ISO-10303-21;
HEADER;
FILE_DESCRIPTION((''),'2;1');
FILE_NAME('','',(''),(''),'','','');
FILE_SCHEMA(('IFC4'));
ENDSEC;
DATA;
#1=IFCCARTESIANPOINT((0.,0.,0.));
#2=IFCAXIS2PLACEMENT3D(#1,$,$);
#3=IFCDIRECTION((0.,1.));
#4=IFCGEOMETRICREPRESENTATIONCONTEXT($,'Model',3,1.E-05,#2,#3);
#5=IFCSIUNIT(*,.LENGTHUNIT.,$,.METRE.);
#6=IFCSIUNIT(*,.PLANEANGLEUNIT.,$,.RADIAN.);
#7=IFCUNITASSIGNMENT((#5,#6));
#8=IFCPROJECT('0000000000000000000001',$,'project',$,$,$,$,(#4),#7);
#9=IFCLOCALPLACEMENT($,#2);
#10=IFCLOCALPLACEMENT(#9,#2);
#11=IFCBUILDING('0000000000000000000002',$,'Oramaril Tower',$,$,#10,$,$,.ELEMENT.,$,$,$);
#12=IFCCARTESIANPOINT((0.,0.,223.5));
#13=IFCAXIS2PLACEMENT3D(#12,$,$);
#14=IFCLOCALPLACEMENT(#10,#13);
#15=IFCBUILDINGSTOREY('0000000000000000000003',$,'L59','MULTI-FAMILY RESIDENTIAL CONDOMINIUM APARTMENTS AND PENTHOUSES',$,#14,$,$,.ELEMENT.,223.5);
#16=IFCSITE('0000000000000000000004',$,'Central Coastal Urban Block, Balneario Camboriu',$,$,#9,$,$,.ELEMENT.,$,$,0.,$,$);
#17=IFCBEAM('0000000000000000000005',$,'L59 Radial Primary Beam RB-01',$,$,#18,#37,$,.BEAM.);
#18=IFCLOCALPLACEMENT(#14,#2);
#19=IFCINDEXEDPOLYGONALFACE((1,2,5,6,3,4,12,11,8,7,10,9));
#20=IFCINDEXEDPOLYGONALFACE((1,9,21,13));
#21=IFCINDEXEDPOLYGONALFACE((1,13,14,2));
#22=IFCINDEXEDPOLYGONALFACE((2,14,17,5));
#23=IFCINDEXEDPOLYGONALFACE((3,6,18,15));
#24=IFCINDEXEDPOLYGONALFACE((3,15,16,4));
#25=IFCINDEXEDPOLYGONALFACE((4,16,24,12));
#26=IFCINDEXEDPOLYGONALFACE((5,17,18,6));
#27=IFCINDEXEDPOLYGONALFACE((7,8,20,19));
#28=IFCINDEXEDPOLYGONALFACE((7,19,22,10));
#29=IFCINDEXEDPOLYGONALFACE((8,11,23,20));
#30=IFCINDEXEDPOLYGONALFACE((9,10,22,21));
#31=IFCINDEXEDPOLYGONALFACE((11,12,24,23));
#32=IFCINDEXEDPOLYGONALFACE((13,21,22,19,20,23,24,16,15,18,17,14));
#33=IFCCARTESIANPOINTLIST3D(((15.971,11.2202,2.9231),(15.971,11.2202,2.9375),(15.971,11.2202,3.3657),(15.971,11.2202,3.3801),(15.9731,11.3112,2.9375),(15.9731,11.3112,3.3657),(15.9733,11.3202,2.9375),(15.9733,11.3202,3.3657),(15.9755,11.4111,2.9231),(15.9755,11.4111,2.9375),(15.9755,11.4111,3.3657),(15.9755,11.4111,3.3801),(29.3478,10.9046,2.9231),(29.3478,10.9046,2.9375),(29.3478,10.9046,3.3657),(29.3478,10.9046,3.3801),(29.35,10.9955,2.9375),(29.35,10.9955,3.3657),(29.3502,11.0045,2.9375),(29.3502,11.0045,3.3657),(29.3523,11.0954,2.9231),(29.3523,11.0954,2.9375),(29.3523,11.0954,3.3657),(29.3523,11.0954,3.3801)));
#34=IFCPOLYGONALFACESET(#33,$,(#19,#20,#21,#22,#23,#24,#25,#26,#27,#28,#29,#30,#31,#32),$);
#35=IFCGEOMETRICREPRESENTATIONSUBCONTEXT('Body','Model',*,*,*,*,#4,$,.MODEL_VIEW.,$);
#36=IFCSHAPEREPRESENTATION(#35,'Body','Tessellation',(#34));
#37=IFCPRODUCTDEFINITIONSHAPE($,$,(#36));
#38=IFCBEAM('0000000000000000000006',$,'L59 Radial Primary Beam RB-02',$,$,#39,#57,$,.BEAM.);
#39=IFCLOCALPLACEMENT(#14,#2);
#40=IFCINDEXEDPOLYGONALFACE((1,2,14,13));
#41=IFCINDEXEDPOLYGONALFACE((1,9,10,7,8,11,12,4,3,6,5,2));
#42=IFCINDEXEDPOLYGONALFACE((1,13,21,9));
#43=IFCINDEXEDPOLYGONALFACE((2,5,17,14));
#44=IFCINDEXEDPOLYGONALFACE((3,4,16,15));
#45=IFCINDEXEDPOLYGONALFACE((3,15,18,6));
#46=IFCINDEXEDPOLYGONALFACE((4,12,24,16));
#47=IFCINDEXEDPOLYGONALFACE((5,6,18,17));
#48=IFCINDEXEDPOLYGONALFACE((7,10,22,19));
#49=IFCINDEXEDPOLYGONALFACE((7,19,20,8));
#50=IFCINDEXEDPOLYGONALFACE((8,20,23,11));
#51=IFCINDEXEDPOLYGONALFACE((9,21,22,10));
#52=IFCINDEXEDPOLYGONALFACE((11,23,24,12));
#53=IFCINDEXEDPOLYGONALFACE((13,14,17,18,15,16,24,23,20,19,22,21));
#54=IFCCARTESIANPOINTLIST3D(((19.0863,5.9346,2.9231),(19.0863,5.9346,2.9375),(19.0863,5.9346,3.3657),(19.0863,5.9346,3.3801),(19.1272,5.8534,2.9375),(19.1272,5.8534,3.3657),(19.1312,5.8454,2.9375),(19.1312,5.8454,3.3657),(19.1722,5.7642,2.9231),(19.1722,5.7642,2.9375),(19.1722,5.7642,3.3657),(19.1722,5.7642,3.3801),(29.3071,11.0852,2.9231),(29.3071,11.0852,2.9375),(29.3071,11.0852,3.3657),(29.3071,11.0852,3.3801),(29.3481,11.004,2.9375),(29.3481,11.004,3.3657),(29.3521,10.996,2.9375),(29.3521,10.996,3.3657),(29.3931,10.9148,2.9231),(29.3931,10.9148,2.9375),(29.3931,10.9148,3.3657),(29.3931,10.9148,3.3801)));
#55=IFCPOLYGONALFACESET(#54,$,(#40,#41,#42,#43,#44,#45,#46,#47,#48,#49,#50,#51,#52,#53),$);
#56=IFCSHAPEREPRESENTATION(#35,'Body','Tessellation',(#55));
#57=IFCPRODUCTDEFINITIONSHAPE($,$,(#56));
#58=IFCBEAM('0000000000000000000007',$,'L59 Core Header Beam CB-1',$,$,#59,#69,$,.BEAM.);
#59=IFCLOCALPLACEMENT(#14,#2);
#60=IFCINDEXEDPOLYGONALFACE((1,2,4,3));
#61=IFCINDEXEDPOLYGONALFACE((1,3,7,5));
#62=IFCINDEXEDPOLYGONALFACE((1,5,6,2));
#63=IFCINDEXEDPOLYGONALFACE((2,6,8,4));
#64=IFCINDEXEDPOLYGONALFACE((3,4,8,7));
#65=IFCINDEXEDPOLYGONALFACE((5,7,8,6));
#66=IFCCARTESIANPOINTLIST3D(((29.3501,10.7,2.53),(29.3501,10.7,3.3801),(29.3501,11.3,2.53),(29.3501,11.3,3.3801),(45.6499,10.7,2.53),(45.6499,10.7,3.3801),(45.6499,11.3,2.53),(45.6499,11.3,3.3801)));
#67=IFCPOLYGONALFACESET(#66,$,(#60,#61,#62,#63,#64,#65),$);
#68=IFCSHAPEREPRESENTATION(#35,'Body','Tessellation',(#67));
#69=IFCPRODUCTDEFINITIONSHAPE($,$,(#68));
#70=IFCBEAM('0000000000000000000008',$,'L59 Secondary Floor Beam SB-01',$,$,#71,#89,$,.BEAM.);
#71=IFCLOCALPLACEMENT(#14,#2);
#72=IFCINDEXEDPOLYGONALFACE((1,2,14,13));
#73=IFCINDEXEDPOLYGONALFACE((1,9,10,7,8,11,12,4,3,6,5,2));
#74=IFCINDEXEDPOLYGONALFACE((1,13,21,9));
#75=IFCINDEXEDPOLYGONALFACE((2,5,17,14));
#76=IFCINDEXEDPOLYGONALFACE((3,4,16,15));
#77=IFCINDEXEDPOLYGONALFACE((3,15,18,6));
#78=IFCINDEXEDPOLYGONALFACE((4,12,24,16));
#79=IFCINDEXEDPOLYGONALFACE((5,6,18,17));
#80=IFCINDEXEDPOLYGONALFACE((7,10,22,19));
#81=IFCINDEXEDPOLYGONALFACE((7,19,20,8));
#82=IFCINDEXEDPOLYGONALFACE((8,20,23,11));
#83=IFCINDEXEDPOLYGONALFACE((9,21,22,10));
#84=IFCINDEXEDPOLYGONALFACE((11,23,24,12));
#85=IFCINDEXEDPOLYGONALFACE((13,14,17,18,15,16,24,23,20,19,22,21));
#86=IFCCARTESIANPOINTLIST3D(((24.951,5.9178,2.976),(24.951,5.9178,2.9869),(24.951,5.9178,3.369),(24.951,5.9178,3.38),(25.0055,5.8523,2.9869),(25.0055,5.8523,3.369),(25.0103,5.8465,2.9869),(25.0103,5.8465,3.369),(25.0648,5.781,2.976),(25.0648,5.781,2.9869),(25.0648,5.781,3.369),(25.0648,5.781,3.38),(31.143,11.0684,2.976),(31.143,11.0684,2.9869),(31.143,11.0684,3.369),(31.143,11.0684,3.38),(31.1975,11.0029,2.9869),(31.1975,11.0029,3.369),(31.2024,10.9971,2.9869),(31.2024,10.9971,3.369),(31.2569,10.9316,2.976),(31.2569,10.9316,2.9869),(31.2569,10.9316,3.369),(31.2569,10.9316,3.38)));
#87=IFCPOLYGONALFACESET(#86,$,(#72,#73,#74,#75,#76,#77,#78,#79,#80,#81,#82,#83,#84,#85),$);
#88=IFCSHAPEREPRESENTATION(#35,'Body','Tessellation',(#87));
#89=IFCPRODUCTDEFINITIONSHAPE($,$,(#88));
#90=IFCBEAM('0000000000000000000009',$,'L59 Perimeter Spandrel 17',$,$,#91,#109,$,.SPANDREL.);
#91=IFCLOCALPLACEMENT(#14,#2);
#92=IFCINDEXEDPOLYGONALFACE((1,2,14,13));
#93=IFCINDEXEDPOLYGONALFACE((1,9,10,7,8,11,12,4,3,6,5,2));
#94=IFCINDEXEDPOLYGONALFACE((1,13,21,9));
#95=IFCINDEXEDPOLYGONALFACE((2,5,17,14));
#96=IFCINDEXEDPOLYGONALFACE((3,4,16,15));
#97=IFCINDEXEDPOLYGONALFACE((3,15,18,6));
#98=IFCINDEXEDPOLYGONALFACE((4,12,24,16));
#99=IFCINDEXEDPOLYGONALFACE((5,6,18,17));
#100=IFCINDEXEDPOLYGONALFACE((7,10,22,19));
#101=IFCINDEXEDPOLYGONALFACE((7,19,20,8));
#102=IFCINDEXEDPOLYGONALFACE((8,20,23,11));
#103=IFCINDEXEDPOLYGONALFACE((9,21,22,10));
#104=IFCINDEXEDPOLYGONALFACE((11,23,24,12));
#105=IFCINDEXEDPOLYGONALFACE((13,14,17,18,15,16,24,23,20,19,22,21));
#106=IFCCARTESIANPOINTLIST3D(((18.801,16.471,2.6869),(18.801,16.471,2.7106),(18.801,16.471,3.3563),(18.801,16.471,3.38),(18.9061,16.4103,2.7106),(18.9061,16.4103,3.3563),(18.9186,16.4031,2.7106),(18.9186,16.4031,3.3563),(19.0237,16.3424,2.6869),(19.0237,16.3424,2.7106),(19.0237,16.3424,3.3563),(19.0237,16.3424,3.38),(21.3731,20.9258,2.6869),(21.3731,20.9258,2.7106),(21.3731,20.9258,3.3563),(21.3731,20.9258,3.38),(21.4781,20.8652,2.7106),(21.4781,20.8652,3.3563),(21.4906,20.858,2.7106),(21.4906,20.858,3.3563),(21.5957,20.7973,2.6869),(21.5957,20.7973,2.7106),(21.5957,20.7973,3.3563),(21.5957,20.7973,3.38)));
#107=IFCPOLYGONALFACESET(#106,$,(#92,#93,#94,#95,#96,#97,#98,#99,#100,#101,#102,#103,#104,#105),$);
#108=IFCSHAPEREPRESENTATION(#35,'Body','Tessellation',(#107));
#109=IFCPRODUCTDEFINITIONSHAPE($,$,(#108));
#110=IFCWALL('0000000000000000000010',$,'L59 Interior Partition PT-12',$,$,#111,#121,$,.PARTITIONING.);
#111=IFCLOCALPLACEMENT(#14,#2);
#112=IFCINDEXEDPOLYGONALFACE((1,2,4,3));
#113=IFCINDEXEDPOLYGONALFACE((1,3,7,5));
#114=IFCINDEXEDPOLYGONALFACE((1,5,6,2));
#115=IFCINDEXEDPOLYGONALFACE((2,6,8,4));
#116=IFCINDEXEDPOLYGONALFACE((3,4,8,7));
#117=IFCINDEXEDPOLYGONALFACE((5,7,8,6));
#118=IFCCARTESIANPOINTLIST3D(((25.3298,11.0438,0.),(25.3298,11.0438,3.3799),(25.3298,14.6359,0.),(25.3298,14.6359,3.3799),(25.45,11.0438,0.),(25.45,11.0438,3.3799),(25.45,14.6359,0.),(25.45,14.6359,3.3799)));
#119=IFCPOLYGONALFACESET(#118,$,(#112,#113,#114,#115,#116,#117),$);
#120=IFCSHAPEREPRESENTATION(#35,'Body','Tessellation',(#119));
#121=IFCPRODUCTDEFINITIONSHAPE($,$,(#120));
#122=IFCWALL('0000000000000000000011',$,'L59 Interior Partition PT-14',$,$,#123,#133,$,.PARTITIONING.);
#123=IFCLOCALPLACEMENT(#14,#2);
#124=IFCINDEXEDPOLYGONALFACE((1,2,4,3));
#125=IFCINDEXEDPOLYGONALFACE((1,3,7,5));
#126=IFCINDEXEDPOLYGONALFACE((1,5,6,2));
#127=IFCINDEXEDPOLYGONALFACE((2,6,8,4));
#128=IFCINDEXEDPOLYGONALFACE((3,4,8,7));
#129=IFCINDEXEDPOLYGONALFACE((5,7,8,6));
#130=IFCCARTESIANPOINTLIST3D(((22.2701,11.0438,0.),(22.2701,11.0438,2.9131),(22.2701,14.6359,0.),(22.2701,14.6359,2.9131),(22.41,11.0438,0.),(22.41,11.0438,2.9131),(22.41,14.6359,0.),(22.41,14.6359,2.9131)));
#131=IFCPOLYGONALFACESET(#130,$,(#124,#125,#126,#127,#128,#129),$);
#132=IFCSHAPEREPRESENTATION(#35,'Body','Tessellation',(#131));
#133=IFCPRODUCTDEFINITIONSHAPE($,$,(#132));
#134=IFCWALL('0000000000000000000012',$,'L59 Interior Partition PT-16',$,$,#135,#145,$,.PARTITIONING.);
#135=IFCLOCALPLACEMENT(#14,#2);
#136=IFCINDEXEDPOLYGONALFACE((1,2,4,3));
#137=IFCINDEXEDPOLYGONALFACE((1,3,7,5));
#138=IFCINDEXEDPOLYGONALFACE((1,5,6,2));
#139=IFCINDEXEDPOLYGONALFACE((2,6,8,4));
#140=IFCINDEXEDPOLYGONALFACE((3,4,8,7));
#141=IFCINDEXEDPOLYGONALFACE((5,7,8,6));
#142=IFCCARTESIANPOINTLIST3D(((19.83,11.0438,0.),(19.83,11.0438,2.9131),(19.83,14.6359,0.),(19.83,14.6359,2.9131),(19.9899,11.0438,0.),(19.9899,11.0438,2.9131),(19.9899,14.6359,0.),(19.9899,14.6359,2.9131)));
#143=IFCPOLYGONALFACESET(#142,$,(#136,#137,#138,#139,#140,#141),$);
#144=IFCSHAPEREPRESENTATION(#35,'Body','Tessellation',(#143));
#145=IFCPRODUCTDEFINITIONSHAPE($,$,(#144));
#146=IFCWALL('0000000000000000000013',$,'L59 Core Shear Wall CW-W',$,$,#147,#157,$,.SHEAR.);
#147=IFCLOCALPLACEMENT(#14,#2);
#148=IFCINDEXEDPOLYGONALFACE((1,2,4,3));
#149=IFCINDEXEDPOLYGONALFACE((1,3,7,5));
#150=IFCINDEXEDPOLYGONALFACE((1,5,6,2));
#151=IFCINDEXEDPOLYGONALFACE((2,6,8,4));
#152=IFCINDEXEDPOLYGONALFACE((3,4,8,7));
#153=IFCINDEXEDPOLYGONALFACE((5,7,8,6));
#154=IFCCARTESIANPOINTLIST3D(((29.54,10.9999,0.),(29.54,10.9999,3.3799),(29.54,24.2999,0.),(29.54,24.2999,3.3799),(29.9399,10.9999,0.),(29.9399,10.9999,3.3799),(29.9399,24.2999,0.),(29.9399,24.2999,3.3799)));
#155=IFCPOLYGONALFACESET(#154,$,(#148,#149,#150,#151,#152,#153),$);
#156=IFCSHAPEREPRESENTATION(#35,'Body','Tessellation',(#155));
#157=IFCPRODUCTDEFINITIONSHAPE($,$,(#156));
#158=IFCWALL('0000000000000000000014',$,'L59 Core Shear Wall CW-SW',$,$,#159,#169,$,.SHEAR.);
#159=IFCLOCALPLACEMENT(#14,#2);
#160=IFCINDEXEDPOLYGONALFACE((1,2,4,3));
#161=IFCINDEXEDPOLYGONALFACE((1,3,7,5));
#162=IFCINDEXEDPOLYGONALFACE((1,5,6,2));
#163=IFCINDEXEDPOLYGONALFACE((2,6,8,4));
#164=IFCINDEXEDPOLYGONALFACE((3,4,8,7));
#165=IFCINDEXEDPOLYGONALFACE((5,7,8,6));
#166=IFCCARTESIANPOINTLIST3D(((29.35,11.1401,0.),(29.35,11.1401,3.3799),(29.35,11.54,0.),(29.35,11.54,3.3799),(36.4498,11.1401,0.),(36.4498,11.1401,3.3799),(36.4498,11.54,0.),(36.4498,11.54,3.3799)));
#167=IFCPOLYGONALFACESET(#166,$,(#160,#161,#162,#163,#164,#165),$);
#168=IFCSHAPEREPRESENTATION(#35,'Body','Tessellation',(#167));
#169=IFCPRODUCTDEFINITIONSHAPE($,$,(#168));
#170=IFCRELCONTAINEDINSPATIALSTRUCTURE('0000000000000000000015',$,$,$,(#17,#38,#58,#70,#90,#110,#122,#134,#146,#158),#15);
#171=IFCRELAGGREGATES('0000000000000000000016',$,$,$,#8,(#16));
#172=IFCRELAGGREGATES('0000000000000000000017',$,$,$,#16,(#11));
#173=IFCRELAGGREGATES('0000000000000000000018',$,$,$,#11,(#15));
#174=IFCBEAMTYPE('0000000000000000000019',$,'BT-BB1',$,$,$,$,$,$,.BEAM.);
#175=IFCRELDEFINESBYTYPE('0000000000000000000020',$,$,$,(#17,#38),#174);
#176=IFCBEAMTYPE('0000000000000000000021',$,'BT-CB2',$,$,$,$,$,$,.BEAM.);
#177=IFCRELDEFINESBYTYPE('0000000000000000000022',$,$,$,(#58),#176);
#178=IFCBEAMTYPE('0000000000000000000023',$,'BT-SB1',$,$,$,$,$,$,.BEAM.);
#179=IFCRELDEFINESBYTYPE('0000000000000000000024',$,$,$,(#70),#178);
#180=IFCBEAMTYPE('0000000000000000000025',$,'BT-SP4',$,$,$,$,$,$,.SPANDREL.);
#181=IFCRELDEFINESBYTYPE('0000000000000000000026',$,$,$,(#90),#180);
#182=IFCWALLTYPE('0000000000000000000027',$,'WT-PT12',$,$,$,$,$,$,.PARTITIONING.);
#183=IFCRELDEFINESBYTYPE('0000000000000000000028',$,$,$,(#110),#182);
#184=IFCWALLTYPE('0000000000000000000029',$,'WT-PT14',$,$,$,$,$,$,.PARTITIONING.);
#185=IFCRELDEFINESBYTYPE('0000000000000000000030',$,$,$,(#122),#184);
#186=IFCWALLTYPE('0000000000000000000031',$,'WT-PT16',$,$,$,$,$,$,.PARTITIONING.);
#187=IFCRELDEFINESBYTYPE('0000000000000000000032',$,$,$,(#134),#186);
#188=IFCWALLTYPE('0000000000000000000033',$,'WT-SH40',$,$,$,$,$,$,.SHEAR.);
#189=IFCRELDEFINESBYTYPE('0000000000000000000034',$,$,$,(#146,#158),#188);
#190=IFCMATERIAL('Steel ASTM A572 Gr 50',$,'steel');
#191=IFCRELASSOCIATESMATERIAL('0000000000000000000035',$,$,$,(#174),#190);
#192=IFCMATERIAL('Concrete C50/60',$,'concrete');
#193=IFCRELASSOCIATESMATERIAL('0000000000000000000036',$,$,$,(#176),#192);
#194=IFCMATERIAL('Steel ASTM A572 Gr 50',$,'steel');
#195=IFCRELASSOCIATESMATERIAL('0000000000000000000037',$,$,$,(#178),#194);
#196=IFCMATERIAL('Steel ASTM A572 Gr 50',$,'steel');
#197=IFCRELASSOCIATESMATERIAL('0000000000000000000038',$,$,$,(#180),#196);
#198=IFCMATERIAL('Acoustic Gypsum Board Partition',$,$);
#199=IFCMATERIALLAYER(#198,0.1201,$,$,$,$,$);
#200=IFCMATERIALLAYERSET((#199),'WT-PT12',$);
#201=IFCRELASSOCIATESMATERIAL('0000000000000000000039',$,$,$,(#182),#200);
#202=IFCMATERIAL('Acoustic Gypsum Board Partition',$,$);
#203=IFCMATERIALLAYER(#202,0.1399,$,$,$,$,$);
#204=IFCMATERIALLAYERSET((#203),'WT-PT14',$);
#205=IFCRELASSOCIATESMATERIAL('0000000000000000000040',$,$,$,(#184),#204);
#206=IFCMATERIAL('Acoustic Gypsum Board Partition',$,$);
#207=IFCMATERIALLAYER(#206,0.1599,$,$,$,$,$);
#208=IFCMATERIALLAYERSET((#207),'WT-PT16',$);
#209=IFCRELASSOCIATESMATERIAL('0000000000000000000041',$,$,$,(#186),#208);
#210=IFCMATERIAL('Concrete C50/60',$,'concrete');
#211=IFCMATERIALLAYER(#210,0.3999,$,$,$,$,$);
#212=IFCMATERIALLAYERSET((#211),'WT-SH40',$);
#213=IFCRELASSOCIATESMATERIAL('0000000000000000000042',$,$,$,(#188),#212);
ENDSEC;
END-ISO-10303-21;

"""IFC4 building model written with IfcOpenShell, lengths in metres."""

from ifc_helpers import new_model, si_unit, direction, frame, frame_2d, origin, origin_2d, place, context, subcontext, project, spatial, rectangle, i_section, extrude, material, layer, layer_set, material_profile, profile_set, type_object, element, save


model = new_model("IFC4")

# Units and contexts
model_context = context("Model", 3, precision=1e-05, world=origin(), true_north=direction((0.0, 1.0)))
body_context = subcontext(model_context, "Body", "Model", "MODEL_VIEW")
ifc_project = project(units=[si_unit("LENGTHUNIT", "METRE"), si_unit("PLANEANGLEUNIT", "RADIAN")], contexts=[model_context])

# Site, building, storey
site_placement = place(None, origin())
site = spatial("IfcSite", under=ifc_project, at=site_placement, Name="Central Coastal Urban Block, Balneario Camboriu", CompositionType="ELEMENT", RefElevation=0.0)
building_placement = place(site_placement, origin())
building = spatial("IfcBuilding", under=site, at=building_placement, Name="Oramaril Tower", CompositionType="ELEMENT")
storey_placement = place(building_placement, frame((0.0, 0.0, 223.5)))
storey = spatial("IfcBuildingStorey", under=building, at=storey_placement, Name="L59", Description="MULTI-FAMILY RESIDENTIAL CONDOMINIUM APARTMENTS AND PENTHOUSES", CompositionType="ELEMENT", Elevation=223.5)

# Beams
ifc_material_1 = material(Name="Steel ASTM A572 Gr 50", Category="steel")
ifc_material_profile_1 = material_profile(ifc_material_1, i_section(OverallWidth=0.1909, OverallDepth=0.457, WebThickness=0.009, FlangeThickness=0.0144, at=origin_2d()), Name="W18X50")
ifc_profile_set_1 = profile_set([ifc_material_profile_1], Name="Steel ASTM A572 Gr 50")
beam_type_1 = type_object("IfcBeamType", Name="BT-BB1", PredefinedType="BEAM", material=ifc_profile_set_1)
beam_1_placement = place(storey_placement, frame((29.3501, 11.0, 3.1516), z_axis=(-0.999722, 0.023592, 0.0), x_axis=(-0.023592, -0.999722, 0.0)))
element("IfcBeam", 1, at=beam_1_placement, inside=storey, type_object=beam_type_1, Name="L59 Radial Primary Beam RB-01", PredefinedType="BEAM", context=body_context, shape_type="SweptSolid", body=[
    extrude(i_section(OverallWidth=0.1909, OverallDepth=0.457, WebThickness=0.009, FlangeThickness=0.0144, at=origin_2d()), origin(), (0.0, 0.0, 1.0), 13.3806),
])
beam_2_placement = place(storey_placement, frame((29.3501, 11.0, 3.1516), z_axis=(-0.893019, -0.450019, 0.0), x_axis=(0.450019, -0.893019, 0.0)))
element("IfcBeam", 2, at=beam_2_placement, inside=storey, type_object=beam_type_1, Name="L59 Radial Primary Beam RB-02", PredefinedType="BEAM", context=body_context, shape_type="SweptSolid", body=[
    extrude(i_section(OverallWidth=0.1909, OverallDepth=0.457, WebThickness=0.009, FlangeThickness=0.0144, at=origin_2d()), origin(), (0.0, 0.0, 1.0), 11.4453),
])
ifc_material_2 = material(Name="Concrete C50/60", Category="concrete")
ifc_material_profile_2 = material_profile(ifc_material_2, rectangle(XDim=0.6001, YDim=0.8501, at=origin_2d()), Name="CB600X850")
ifc_profile_set_2 = profile_set([ifc_material_profile_2], Name="Concrete C50/60")
beam_type_2 = type_object("IfcBeamType", Name="BT-CB2", PredefinedType="BEAM", material=ifc_profile_set_2)
beam_3_placement = place(storey_placement, frame((29.3501, 11.0, 2.9551), z_axis=(1.0, 0.0, 0.0), x_axis=(0.0, 1.0, 0.0)))
element("IfcBeam", 3, at=beam_3_placement, inside=storey, type_object=beam_type_2, Name="L59 Core Header Beam CB-1", PredefinedType="BEAM", context=body_context, shape_type="SweptSolid", body=[
    extrude(rectangle(XDim=0.6001, YDim=0.8501, at=origin_2d()), origin(), (0.0, 0.0, 1.0), 16.2998),
])
ifc_material_3 = material(Name="Steel ASTM A572 Gr 50", Category="steel")
ifc_material_profile_3 = material_profile(ifc_material_3, i_section(OverallWidth=0.178, OverallDepth=0.4041, WebThickness=0.0076, FlangeThickness=0.011, at=origin_2d()), Name="W16X36")
ifc_profile_set_3 = profile_set([ifc_material_profile_3], Name="Steel ASTM A572 Gr 50")
beam_type_3 = type_object("IfcBeamType", Name="BT-SB1", PredefinedType="BEAM", material=ifc_profile_set_3)
beam_4_placement = place(storey_placement, frame((31.2, 11.0, 3.178), z_axis=(-0.7688, -0.639489, 0.0), x_axis=(0.639489, -0.7688, 0.0)))
element("IfcBeam", 4, at=beam_4_placement, inside=storey, type_object=beam_type_3, Name="L59 Secondary Floor Beam SB-01", PredefinedType="BEAM", context=body_context, shape_type="SweptSolid", body=[
    extrude(i_section(OverallWidth=0.178, OverallDepth=0.4041, WebThickness=0.0076, FlangeThickness=0.011, at=origin_2d()), origin(), (0.0, 0.0, 1.0), 8.0542),
])
ifc_material_4 = material(Name="Steel ASTM A572 Gr 50", Category="steel")
ifc_material_profile_4 = material_profile(ifc_material_4, i_section(OverallWidth=0.2571, OverallDepth=0.6931, WebThickness=0.0144, FlangeThickness=0.0237, at=origin_2d()), Name="W27X114")
ifc_profile_set_4 = profile_set([ifc_material_profile_4], Name="Steel ASTM A572 Gr 50")
beam_type_4 = type_object("IfcBeamType", Name="BT-SP4", PredefinedType="SPANDREL", material=ifc_profile_set_4)
beam_5_placement = place(storey_placement, frame((21.4844, 20.8616, 3.0334), z_axis=(-0.500003, -0.866024, 0.0), x_axis=(0.866024, -0.500003, 0.0)))
element("IfcBeam", 5, at=beam_5_placement, inside=storey, type_object=beam_type_4, Name="L59 Perimeter Spandrel 17", PredefinedType="SPANDREL", context=body_context, shape_type="SweptSolid", body=[
    extrude(i_section(OverallWidth=0.2571, OverallDepth=0.6931, WebThickness=0.0144, FlangeThickness=0.0237, at=origin_2d()), origin(), (0.0, 0.0, 1.0), 5.144),
])

# Walls
ifc_material_5 = material(Name="Acoustic Gypsum Board Partition")
ifc_layer_1 = layer(ifc_material_5, 0.1201)
ifc_layer_set_1 = layer_set([ifc_layer_1], Name="WT-PT12")
wall_type_1 = type_object("IfcWallType", Name="WT-PT12", PredefinedType="PARTITIONING", material=ifc_layer_set_1)
wall_1_placement = place(storey_placement, frame((25.3899, 11.0439, 0.0), z_axis=(0.0, 0.0, 1.0), x_axis=(0.0, 1.0, 0.0)))
element("IfcWall", 6, at=wall_1_placement, inside=storey, type_object=wall_type_1, Name="L59 Interior Partition PT-12", PredefinedType="PARTITIONING", context=body_context, shape_type="SweptSolid", body=[
    extrude(rectangle(XDim=3.592, YDim=0.1201, at=frame_2d((1.7959, 0.0))), origin(), (0.0, 0.0, 1.0), 3.3799),
])
ifc_material_6 = material(Name="Acoustic Gypsum Board Partition")
ifc_layer_2 = layer(ifc_material_6, 0.1399)
ifc_layer_set_2 = layer_set([ifc_layer_2], Name="WT-PT14")
wall_type_2 = type_object("IfcWallType", Name="WT-PT14", PredefinedType="PARTITIONING", material=ifc_layer_set_2)
wall_2_placement = place(storey_placement, frame((22.3401, 11.0439, 0.0), z_axis=(0.0, 0.0, 1.0), x_axis=(0.0, 1.0, 0.0)))
element("IfcWall", 7, at=wall_2_placement, inside=storey, type_object=wall_type_2, Name="L59 Interior Partition PT-14", PredefinedType="PARTITIONING", context=body_context, shape_type="SweptSolid", body=[
    extrude(rectangle(XDim=3.592, YDim=0.1399, at=frame_2d((1.7959, 0.0))), origin(), (0.0, 0.0, 1.0), 2.9131),
])
ifc_material_7 = material(Name="Acoustic Gypsum Board Partition")
ifc_layer_3 = layer(ifc_material_7, 0.1599)
ifc_layer_set_3 = layer_set([ifc_layer_3], Name="WT-PT16")
wall_type_3 = type_object("IfcWallType", Name="WT-PT16", PredefinedType="PARTITIONING", material=ifc_layer_set_3)
wall_3_placement = place(storey_placement, frame((19.9099, 11.0439, 0.0), z_axis=(0.0, 0.0, 1.0), x_axis=(0.0, 1.0, 0.0)))
element("IfcWall", 8, at=wall_3_placement, inside=storey, type_object=wall_type_3, Name="L59 Interior Partition PT-16", PredefinedType="PARTITIONING", context=body_context, shape_type="SweptSolid", body=[
    extrude(rectangle(XDim=3.592, YDim=0.1599, at=frame_2d((1.7959, 0.0))), origin(), (0.0, 0.0, 1.0), 2.9131),
])

# Walls
ifc_material_8 = material(Name="Concrete C50/60", Category="concrete")
ifc_layer_4 = layer(ifc_material_8, 0.3999)
ifc_layer_set_4 = layer_set([ifc_layer_4], Name="WT-SH40")
wall_type_4 = type_object("IfcWallType", Name="WT-SH40", PredefinedType="SHEAR", material=ifc_layer_set_4)
wall_4_placement = place(storey_placement, frame((29.74, 11.0, 0.0), z_axis=(0.0, 0.0, 1.0), x_axis=(0.0, 1.0, 0.0)))
element("IfcWall", 9, at=wall_4_placement, inside=storey, type_object=wall_type_4, Name="L59 Core Shear Wall CW-W", PredefinedType="SHEAR", context=body_context, shape_type="SweptSolid", body=[
    extrude(rectangle(XDim=13.3, YDim=0.3999, at=frame_2d((6.6499, 0.0))), origin(), (0.0, 0.0, 1.0), 3.3799),
])
wall_5_placement = place(storey_placement, frame((29.3501, 11.3401, 0.0), z_axis=(0.0, 0.0, 1.0), x_axis=(1.0, 0.0, 0.0)))
element("IfcWall", 10, at=wall_5_placement, inside=storey, type_object=wall_type_4, Name="L59 Core Shear Wall CW-SW", PredefinedType="SHEAR", context=body_context, shape_type="SweptSolid", body=[
    extrude(rectangle(XDim=7.0999, YDim=0.3999, at=frame_2d((3.5498, 0.0))), origin(), (0.0, 0.0, 1.0), 3.3799),
])

save(model, "model.ifc")
